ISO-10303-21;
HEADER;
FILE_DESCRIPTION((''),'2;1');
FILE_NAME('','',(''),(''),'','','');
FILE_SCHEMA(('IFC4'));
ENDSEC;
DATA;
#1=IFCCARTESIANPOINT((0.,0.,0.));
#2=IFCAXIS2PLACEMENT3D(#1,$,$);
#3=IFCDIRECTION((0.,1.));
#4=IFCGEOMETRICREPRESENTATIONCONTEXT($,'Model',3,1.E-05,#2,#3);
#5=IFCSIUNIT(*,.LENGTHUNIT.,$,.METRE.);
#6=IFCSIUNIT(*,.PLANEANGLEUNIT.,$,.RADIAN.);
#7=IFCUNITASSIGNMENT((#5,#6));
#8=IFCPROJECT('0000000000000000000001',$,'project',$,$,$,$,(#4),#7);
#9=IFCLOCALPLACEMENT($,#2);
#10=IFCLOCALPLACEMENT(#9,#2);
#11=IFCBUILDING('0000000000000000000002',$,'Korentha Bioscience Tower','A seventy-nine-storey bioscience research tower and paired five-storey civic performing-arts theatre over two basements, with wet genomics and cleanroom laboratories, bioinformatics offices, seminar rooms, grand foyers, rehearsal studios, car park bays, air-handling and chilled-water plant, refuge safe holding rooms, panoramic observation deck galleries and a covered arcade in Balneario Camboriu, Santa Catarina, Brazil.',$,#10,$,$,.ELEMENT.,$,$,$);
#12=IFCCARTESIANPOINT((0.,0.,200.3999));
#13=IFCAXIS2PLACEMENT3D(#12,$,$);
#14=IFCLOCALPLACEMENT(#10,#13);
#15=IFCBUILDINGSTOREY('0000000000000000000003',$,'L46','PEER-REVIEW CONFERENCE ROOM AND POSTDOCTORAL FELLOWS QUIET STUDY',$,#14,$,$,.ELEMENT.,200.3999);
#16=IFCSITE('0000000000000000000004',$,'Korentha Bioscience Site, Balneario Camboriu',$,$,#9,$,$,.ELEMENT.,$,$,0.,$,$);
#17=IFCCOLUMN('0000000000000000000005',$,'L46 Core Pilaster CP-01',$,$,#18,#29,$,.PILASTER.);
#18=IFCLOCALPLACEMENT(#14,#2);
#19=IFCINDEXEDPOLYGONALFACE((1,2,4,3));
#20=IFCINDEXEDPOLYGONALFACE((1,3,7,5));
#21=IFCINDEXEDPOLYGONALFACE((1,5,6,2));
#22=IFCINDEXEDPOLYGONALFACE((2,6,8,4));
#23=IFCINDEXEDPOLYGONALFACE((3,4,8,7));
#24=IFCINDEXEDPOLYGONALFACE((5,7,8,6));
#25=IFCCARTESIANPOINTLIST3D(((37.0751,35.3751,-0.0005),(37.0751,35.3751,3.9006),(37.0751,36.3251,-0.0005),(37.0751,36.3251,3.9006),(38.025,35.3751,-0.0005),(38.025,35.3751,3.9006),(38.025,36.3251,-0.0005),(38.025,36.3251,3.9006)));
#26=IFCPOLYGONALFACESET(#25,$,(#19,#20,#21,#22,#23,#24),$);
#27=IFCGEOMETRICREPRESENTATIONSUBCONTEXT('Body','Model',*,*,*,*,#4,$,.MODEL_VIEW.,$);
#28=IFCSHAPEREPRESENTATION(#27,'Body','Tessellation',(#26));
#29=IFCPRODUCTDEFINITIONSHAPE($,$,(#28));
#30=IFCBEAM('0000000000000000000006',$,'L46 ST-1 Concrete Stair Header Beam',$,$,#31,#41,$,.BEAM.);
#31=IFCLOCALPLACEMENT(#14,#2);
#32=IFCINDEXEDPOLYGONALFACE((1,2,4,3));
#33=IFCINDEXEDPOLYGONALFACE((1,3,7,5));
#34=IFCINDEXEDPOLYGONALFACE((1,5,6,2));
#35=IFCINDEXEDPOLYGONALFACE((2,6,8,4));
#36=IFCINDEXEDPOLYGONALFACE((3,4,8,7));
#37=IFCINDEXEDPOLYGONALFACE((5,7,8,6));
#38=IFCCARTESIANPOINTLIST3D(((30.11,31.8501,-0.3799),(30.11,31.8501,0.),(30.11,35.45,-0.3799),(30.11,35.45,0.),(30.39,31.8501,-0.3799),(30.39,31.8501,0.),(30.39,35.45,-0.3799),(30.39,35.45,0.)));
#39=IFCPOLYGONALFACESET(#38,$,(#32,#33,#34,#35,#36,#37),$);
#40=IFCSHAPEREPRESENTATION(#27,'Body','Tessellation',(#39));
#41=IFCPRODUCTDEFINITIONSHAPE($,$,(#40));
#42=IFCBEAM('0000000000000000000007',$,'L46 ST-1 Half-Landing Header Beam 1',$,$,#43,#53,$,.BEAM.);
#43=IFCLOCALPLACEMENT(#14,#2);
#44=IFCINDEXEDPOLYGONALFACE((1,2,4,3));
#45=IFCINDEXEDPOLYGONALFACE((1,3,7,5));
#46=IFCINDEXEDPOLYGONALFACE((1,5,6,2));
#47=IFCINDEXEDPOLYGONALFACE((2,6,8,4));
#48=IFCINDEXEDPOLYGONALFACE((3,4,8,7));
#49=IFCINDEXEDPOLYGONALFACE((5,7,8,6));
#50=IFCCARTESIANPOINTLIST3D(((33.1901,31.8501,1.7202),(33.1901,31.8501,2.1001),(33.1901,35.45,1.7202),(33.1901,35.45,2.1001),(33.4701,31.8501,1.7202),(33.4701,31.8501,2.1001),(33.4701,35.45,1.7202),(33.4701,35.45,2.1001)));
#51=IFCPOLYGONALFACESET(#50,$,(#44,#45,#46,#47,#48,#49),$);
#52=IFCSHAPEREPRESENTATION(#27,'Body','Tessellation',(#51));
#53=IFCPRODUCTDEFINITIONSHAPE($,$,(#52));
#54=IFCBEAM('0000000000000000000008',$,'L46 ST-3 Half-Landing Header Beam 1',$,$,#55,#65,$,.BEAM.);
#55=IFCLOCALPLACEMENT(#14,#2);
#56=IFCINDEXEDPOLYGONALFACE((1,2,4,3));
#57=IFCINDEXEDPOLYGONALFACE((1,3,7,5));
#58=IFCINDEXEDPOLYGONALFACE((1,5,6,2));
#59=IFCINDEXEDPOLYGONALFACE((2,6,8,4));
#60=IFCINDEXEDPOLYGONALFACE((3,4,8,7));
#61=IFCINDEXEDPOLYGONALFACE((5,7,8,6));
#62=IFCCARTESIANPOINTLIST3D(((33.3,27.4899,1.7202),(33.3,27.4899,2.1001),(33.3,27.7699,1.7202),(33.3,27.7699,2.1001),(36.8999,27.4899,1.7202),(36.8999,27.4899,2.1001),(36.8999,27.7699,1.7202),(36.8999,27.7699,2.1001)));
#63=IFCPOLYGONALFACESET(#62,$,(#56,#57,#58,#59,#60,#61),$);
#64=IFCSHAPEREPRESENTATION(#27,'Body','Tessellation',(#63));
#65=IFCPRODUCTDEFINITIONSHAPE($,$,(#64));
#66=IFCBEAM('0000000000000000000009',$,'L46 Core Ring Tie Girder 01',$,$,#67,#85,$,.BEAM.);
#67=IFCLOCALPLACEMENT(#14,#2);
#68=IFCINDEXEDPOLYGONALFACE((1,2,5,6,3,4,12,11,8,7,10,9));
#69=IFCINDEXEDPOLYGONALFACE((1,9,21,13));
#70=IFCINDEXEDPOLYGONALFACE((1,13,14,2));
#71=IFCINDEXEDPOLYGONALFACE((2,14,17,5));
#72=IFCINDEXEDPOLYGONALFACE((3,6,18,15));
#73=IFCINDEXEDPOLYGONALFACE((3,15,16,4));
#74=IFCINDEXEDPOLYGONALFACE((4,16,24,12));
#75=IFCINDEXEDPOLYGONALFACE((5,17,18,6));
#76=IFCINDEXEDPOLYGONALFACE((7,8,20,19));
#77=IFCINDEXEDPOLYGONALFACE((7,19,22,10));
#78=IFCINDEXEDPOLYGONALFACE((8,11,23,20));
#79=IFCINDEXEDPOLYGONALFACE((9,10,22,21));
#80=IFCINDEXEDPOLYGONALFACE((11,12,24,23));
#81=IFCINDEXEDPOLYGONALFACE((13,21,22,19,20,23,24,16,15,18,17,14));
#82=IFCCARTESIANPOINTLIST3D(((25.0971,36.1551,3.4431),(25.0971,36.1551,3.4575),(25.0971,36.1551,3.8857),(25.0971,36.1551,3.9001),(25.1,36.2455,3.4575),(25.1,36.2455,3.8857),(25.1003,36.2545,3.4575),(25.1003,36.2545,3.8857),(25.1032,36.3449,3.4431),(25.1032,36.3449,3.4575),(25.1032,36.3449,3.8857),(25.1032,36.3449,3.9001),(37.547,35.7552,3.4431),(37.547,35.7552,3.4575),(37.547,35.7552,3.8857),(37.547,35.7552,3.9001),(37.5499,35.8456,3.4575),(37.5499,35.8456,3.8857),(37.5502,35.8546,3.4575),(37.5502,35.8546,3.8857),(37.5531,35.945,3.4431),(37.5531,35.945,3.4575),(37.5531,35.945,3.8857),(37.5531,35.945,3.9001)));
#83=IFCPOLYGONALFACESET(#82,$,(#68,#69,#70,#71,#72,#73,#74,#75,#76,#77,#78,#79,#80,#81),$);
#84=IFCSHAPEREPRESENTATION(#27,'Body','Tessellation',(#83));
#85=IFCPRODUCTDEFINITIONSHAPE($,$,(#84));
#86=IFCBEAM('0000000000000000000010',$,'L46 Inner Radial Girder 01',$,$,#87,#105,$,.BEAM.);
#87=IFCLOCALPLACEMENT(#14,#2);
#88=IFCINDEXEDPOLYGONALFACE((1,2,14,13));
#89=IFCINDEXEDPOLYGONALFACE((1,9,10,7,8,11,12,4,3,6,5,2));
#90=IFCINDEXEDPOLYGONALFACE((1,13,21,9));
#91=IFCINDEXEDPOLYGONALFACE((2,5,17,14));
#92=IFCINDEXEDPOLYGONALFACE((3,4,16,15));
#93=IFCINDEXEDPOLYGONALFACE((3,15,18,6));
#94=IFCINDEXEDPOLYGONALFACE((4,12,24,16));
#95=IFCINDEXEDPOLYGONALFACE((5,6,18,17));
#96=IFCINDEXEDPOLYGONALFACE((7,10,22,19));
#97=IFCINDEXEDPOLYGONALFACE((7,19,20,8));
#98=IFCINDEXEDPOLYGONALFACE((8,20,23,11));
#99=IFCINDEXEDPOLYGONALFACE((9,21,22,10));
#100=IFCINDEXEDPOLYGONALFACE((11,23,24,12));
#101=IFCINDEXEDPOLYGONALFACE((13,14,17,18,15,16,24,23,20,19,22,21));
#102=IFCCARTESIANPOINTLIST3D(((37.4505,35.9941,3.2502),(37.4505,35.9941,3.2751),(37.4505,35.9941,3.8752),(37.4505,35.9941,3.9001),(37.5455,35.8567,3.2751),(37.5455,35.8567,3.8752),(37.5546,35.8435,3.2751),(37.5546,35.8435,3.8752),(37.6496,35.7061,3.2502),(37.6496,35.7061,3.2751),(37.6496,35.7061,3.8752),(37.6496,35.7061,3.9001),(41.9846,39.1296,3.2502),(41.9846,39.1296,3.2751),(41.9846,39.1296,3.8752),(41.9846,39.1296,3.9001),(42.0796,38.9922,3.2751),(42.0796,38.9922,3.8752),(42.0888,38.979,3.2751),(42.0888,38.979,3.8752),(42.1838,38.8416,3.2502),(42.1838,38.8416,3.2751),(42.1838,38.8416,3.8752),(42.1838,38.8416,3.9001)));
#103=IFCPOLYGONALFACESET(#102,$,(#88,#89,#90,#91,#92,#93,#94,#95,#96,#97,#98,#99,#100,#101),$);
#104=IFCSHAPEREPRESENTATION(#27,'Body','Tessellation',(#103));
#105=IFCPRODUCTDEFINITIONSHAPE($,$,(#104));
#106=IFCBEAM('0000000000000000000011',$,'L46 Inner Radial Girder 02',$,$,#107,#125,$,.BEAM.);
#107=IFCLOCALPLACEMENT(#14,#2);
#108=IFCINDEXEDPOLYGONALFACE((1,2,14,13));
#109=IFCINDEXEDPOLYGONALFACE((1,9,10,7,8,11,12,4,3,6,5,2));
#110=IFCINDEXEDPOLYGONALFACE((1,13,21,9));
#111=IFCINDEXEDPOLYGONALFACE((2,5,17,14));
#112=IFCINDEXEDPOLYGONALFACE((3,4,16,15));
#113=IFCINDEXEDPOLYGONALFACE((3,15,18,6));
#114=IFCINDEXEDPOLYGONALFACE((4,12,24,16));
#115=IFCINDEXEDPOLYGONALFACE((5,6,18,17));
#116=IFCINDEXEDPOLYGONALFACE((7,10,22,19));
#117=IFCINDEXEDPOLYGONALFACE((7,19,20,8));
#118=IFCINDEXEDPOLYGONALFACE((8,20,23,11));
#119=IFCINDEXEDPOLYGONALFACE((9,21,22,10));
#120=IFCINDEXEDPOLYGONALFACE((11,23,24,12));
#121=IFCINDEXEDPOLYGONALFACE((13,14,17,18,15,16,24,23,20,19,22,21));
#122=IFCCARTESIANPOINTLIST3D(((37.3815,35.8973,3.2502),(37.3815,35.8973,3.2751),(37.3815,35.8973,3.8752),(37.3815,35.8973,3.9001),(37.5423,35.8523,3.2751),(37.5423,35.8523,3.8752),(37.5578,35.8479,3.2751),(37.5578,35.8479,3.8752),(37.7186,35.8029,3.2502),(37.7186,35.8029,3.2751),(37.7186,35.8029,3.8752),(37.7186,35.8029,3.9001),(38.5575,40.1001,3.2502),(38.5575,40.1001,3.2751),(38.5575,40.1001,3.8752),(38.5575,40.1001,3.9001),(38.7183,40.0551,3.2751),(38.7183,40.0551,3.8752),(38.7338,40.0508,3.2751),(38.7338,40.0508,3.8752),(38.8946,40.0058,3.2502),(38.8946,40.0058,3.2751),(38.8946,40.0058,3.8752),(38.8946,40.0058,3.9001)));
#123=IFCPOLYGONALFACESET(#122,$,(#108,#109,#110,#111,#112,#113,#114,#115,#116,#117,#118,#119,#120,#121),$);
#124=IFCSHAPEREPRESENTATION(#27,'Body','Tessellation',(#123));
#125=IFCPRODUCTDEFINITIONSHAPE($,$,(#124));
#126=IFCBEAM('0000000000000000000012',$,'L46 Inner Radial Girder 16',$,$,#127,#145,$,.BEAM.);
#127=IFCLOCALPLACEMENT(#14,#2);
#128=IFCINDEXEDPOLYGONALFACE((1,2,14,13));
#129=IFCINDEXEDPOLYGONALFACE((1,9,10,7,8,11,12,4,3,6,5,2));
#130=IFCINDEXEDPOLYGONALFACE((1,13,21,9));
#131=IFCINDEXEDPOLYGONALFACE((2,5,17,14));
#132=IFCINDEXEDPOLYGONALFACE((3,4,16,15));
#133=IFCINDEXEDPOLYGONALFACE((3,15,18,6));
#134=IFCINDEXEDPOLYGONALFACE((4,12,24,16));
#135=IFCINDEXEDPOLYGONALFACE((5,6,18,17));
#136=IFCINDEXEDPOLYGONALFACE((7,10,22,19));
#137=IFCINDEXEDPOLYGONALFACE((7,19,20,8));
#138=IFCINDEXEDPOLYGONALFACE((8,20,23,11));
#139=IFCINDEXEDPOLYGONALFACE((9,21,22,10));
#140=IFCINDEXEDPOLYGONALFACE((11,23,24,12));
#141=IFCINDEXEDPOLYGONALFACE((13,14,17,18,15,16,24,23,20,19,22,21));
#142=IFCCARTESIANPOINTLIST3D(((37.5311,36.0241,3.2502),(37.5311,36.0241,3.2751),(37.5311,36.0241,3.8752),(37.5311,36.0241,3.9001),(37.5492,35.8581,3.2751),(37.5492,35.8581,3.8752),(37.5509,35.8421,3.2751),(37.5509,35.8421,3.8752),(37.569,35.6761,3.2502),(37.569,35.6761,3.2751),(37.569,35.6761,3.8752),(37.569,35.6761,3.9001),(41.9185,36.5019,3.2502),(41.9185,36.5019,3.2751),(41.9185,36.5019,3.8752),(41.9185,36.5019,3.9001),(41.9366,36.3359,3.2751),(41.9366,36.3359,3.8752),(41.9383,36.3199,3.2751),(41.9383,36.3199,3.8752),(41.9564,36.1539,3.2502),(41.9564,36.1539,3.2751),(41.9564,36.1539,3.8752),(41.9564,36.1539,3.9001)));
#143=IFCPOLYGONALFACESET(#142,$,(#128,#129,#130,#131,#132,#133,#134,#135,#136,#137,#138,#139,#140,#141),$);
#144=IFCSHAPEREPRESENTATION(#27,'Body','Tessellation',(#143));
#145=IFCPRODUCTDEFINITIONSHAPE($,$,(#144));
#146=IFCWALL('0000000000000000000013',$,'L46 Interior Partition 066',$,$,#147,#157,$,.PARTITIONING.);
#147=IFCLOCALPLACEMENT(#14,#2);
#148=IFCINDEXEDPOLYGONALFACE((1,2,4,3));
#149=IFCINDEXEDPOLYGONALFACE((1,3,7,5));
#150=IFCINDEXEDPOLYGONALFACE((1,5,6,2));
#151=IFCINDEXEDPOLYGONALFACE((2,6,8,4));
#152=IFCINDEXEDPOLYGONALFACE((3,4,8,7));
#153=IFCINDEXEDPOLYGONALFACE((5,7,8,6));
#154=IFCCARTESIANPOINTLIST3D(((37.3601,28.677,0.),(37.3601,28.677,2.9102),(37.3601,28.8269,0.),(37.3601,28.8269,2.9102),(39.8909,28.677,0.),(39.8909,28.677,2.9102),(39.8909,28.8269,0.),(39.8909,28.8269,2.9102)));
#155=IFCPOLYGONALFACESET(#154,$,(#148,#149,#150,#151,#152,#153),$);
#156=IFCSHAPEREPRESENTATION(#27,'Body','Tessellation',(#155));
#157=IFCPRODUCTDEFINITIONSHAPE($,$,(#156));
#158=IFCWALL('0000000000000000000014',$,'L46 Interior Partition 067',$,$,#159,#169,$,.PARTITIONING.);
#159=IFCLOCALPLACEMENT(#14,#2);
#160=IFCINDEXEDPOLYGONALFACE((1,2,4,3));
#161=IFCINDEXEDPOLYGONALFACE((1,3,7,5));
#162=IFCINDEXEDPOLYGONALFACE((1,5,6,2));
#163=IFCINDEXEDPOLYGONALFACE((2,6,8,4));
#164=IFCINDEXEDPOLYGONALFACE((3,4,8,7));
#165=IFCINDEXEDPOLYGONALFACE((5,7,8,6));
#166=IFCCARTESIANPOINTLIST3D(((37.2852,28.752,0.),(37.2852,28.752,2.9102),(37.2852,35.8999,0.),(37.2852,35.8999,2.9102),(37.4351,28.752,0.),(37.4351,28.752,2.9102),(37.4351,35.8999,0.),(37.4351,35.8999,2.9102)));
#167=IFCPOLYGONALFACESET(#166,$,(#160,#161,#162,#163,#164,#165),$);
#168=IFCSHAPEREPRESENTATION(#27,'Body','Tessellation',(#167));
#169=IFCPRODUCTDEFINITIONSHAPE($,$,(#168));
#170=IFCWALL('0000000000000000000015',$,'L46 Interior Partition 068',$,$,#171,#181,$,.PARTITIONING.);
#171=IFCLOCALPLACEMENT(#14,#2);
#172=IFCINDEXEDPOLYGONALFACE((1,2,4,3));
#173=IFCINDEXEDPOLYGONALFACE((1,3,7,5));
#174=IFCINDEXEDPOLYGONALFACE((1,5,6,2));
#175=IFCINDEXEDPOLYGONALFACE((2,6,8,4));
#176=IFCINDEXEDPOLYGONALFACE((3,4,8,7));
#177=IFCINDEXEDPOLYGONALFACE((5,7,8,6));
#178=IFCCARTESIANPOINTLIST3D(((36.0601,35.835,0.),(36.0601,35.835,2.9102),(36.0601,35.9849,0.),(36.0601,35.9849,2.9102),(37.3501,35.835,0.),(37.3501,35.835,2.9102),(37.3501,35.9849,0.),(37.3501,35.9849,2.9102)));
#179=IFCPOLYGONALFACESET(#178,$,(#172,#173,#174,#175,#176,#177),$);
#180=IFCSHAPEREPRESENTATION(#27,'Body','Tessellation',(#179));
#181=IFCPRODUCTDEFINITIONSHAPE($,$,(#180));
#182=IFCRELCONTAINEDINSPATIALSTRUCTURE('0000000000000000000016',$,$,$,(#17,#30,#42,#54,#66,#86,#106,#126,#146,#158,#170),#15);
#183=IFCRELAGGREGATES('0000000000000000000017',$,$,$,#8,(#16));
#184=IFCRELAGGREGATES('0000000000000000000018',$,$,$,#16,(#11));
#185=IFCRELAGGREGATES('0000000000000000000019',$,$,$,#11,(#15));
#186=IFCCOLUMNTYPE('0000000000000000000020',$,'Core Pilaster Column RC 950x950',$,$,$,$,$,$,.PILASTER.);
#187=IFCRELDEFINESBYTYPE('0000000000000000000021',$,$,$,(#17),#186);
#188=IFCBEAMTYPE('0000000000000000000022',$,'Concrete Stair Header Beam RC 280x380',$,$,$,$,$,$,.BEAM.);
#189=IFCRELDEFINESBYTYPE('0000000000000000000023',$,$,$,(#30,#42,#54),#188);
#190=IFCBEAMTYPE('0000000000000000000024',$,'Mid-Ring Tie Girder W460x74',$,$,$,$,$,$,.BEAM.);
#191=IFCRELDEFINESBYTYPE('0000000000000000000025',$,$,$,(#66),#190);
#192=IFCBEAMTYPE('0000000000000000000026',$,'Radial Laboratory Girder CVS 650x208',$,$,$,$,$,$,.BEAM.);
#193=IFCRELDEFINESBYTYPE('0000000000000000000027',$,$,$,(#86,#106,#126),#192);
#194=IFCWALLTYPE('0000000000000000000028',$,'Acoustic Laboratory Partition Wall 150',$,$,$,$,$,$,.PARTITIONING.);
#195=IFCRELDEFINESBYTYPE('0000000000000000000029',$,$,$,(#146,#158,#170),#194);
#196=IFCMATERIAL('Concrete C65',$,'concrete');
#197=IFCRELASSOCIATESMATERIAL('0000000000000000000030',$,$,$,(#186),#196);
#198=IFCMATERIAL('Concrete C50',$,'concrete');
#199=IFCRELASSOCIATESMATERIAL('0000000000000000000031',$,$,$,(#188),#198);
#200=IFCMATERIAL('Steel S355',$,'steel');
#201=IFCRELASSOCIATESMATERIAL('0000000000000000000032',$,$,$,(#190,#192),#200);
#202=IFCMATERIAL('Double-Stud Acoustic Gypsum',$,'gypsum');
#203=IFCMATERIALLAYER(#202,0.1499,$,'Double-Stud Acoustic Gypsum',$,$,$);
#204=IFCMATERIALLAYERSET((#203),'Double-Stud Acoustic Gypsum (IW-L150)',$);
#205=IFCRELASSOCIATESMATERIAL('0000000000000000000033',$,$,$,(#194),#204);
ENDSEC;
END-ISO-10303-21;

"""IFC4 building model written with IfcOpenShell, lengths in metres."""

from ifc_helpers import new_model, si_unit, direction, frame, frame_2d, origin, origin_2d, place, context, subcontext, project, spatial, rectangle, i_section, extrude, material, layer, layer_set, material_profile, profile_set, type_object, element, save


model = new_model("IFC4")

# Units and contexts
model_context = context("Model", 3, precision=1e-05, world=origin(), true_north=direction((0.0, 1.0)))
body_context = subcontext(model_context, "Body", "Model", "MODEL_VIEW")
ifc_project = project(units=[si_unit("LENGTHUNIT", "METRE"), si_unit("PLANEANGLEUNIT", "RADIAN")], contexts=[model_context])

# Site, building, storey
site_placement = place(None, origin())
site = spatial("IfcSite", under=ifc_project, at=site_placement, Name="Korentha Bioscience Site, Balneario Camboriu", CompositionType="ELEMENT", RefElevation=0.0)
building_placement = place(site_placement, origin())
building = spatial("IfcBuilding", under=site, at=building_placement, Name="Korentha Bioscience Tower", Description="A seventy-nine-storey bioscience research tower and paired five-storey civic performing-arts theatre over two basements, with wet genomics and cleanroom laboratories, bioinformatics offices, seminar rooms, grand foyers, rehearsal studios, car park bays, air-handling and chilled-water plant, refuge safe holding rooms, panoramic observation deck galleries and a covered arcade in Balneario Camboriu, Santa Catarina, Brazil.", CompositionType="ELEMENT")
storey_placement = place(building_placement, frame((0.0, 0.0, 200.3999)))
storey = spatial("IfcBuildingStorey", under=building, at=storey_placement, Name="L46", Description="PEER-REVIEW CONFERENCE ROOM AND POSTDOCTORAL FELLOWS QUIET STUDY", CompositionType="ELEMENT", Elevation=200.3999)

# Column
ifc_material_1 = material(Name="Concrete C65", Category="concrete")
ifc_material_profile_1 = material_profile(ifc_material_1, rectangle(XDim=0.95, YDim=0.95, at=origin_2d()), Name="Concrete C65")
ifc_profile_set_1 = profile_set([ifc_material_profile_1], Name="Concrete C65 (COL-CP09)")
column_type = type_object("IfcColumnType", Name="Core Pilaster Column RC 950x950", PredefinedType="PILASTER", material=ifc_profile_set_1)
column_placement = place(storey_placement, frame((37.55, 35.8501, -0.0005), z_axis=(0.0, 0.0, 1.0), x_axis=(1.0, 0.0, 0.0)))
element("IfcColumn", 1, at=column_placement, inside=storey, type_object=column_type, Name="L46 Core Pilaster CP-01", PredefinedType="PILASTER", context=body_context, shape_type="SweptSolid", body=[
    extrude(rectangle(XDim=0.95, YDim=0.95, at=origin_2d()), origin(), (0.0, 0.0, 1.0), 3.9011),
])

# Beams
ifc_material_2 = material(Name="Concrete C50", Category="concrete")
ifc_material_profile_2 = material_profile(ifc_material_2, rectangle(XDim=0.28, YDim=0.3799, at=origin_2d()), Name="Concrete C50")
ifc_profile_set_2 = profile_set([ifc_material_profile_2], Name="Concrete C50 (ST-HB380)")
beam_type_1 = type_object("IfcBeamType", Name="Concrete Stair Header Beam RC 280x380", PredefinedType="BEAM", material=ifc_profile_set_2)
for number, where, z_axis, x_axis, name in (
    (2, (30.25, 31.8501, -0.1899), (0.0, 1.0, 0.0), (-1.0, 0.0, 0.0), "L46 ST-1 Concrete Stair Header Beam"),
    (3, (33.3301, 31.8501, 1.9102), (0.0, 1.0, 0.0), (-1.0, 0.0, 0.0), "L46 ST-1 Half-Landing Header Beam 1"),
    (4, (36.8999, 27.6299, 1.9102), (-1.0, 0.0, 0.0), (0.0, -1.0, 0.0), "L46 ST-3 Half-Landing Header Beam 1"),
):
    element("IfcBeam", number, at=place(storey_placement, frame(where, z_axis=z_axis, x_axis=x_axis)), inside=storey, type_object=beam_type_1, Name=name, PredefinedType="BEAM", context=body_context, shape_type="SweptSolid", body=[
        extrude(rectangle(XDim=0.28, YDim=0.3799, at=origin_2d()), origin(), (0.0, 0.0, 1.0), 3.5999),
    ])
ifc_material_3 = material(Name="Steel S355", Category="steel")
ifc_material_profile_3 = material_profile(ifc_material_3, i_section(OverallWidth=0.1899, OverallDepth=0.457, WebThickness=0.009, FlangeThickness=0.0144, at=origin_2d()), Name="Steel S355")
ifc_profile_set_3 = profile_set([ifc_material_profile_3], Name="Steel S355 (MB-460)")
beam_type_2 = type_object("IfcBeamType", Name="Mid-Ring Tie Girder W460x74", PredefinedType="BEAM", material=ifc_profile_set_3)
beam_1_placement = place(storey_placement, frame((37.55, 35.8501, 3.6716), z_axis=(-0.999485, 0.032104, 0.0), x_axis=(-0.032104, -0.999485, 0.0)))
element("IfcBeam", 5, at=beam_1_placement, inside=storey, type_object=beam_type_2, Name="L46 Core Ring Tie Girder 01", PredefinedType="BEAM", context=body_context, shape_type="SweptSolid", body=[
    extrude(i_section(OverallWidth=0.1899, OverallDepth=0.457, WebThickness=0.009, FlangeThickness=0.0144, at=origin_2d()), origin(), (0.0, 0.0, 1.0), 12.4563),
])
ifc_material_profile_4 = material_profile(ifc_material_3, i_section(OverallWidth=0.3501, OverallDepth=0.6499, WebThickness=0.0161, FlangeThickness=0.0249, at=origin_2d()), Name="Steel S355")
ifc_profile_set_4 = profile_set([ifc_material_profile_4], Name="Steel S355 (RB-650)")
beam_type_3 = type_object("IfcBeamType", Name="Radial Laboratory Girder CVS 650x208", PredefinedType="BEAM", material=ifc_profile_set_4)
beam_2_placement = place(storey_placement, frame((37.55, 35.8501, 3.5752), z_axis=(0.822493, 0.568775, 0.0), x_axis=(-0.568775, 0.822493, 0.0)))
element("IfcBeam", 6, at=beam_2_placement, inside=storey, type_object=beam_type_3, Name="L46 Inner Radial Girder 01", PredefinedType="BEAM", context=body_context, shape_type="SweptSolid", body=[
    extrude(i_section(OverallWidth=0.3501, OverallDepth=0.6499, WebThickness=0.0161, FlangeThickness=0.0249, at=origin_2d()), origin(), (0.0, 0.0, 1.0), 5.5127),
])
beam_3_placement = place(storey_placement, frame((37.55, 35.8501, 3.5752), z_axis=(0.269464, 0.96301, 0.0), x_axis=(-0.96301, 0.269464, 0.0)))
element("IfcBeam", 7, at=beam_3_placement, inside=storey, type_object=beam_type_3, Name="L46 Inner Radial Girder 02", PredefinedType="BEAM", context=body_context, shape_type="SweptSolid", body=[
    extrude(i_section(OverallWidth=0.3501, OverallDepth=0.6499, WebThickness=0.0161, FlangeThickness=0.0249, at=origin_2d()), origin(), (0.0, 0.0, 1.0), 4.3643),
])
beam_4_placement = place(storey_placement, frame((37.55, 35.8501, 3.5752), z_axis=(0.994123, 0.108258, 0.0), x_axis=(-0.108258, 0.994123, 0.0)))
element("IfcBeam", 8, at=beam_4_placement, inside=storey, type_object=beam_type_3, Name="L46 Inner Radial Girder 16", PredefinedType="BEAM", context=body_context, shape_type="SweptSolid", body=[
    extrude(i_section(OverallWidth=0.3501, OverallDepth=0.6499, WebThickness=0.0161, FlangeThickness=0.0249, at=origin_2d()), origin(), (0.0, 0.0, 1.0), 4.4133),
])

# Walls
ifc_material_4 = material(Name="Double-Stud Acoustic Gypsum", Category="gypsum")
ifc_layer_1 = layer(ifc_material_4, 0.1499, Name="Double-Stud Acoustic Gypsum")
ifc_layer_set_1 = layer_set([ifc_layer_1], Name="Double-Stud Acoustic Gypsum (IW-L150)")
wall_type_1 = type_object("IfcWallType", Name="Acoustic Laboratory Partition Wall 150", PredefinedType="PARTITIONING", material=ifc_layer_set_1)
wall_1_placement = place(storey_placement, frame((39.8909, 28.752, 0.0), z_axis=(0.0, 0.0, 1.0), x_axis=(-1.0, 0.0, 0.0)))
element("IfcWall", 9, at=wall_1_placement, inside=storey, type_object=wall_type_1, Name="L46 Interior Partition 066", PredefinedType="PARTITIONING", context=body_context, shape_type="SweptSolid", body=[
    extrude(rectangle(XDim=2.5308, YDim=0.1499, at=frame_2d((1.2654, 0.0))), origin(), (0.0, 0.0, 1.0), 2.9102),
])
wall_2_placement = place(storey_placement, frame((37.3601, 28.752, 0.0), z_axis=(0.0, 0.0, 1.0), x_axis=(0.0, 1.0, 0.0)))
element("IfcWall", 10, at=wall_2_placement, inside=storey, type_object=wall_type_1, Name="L46 Interior Partition 067", PredefinedType="PARTITIONING", context=body_context, shape_type="SweptSolid", body=[
    extrude(rectangle(XDim=7.1479, YDim=0.1499, at=frame_2d((3.574, 0.0))), origin(), (0.0, 0.0, 1.0), 2.9102),
])
wall_3_placement = place(storey_placement, frame((37.3501, 35.9099, 0.0), z_axis=(0.0, 0.0, 1.0), x_axis=(-1.0, 0.0, 0.0)))
element("IfcWall", 11, at=wall_3_placement, inside=storey, type_object=wall_type_1, Name="L46 Interior Partition 068", PredefinedType="PARTITIONING", context=body_context, shape_type="SweptSolid", body=[
    extrude(rectangle(XDim=1.29, YDim=0.1499, at=frame_2d((0.645, 0.0))), origin(), (0.0, 0.0, 1.0), 2.9102),
])

save(model, "model.ifc")
